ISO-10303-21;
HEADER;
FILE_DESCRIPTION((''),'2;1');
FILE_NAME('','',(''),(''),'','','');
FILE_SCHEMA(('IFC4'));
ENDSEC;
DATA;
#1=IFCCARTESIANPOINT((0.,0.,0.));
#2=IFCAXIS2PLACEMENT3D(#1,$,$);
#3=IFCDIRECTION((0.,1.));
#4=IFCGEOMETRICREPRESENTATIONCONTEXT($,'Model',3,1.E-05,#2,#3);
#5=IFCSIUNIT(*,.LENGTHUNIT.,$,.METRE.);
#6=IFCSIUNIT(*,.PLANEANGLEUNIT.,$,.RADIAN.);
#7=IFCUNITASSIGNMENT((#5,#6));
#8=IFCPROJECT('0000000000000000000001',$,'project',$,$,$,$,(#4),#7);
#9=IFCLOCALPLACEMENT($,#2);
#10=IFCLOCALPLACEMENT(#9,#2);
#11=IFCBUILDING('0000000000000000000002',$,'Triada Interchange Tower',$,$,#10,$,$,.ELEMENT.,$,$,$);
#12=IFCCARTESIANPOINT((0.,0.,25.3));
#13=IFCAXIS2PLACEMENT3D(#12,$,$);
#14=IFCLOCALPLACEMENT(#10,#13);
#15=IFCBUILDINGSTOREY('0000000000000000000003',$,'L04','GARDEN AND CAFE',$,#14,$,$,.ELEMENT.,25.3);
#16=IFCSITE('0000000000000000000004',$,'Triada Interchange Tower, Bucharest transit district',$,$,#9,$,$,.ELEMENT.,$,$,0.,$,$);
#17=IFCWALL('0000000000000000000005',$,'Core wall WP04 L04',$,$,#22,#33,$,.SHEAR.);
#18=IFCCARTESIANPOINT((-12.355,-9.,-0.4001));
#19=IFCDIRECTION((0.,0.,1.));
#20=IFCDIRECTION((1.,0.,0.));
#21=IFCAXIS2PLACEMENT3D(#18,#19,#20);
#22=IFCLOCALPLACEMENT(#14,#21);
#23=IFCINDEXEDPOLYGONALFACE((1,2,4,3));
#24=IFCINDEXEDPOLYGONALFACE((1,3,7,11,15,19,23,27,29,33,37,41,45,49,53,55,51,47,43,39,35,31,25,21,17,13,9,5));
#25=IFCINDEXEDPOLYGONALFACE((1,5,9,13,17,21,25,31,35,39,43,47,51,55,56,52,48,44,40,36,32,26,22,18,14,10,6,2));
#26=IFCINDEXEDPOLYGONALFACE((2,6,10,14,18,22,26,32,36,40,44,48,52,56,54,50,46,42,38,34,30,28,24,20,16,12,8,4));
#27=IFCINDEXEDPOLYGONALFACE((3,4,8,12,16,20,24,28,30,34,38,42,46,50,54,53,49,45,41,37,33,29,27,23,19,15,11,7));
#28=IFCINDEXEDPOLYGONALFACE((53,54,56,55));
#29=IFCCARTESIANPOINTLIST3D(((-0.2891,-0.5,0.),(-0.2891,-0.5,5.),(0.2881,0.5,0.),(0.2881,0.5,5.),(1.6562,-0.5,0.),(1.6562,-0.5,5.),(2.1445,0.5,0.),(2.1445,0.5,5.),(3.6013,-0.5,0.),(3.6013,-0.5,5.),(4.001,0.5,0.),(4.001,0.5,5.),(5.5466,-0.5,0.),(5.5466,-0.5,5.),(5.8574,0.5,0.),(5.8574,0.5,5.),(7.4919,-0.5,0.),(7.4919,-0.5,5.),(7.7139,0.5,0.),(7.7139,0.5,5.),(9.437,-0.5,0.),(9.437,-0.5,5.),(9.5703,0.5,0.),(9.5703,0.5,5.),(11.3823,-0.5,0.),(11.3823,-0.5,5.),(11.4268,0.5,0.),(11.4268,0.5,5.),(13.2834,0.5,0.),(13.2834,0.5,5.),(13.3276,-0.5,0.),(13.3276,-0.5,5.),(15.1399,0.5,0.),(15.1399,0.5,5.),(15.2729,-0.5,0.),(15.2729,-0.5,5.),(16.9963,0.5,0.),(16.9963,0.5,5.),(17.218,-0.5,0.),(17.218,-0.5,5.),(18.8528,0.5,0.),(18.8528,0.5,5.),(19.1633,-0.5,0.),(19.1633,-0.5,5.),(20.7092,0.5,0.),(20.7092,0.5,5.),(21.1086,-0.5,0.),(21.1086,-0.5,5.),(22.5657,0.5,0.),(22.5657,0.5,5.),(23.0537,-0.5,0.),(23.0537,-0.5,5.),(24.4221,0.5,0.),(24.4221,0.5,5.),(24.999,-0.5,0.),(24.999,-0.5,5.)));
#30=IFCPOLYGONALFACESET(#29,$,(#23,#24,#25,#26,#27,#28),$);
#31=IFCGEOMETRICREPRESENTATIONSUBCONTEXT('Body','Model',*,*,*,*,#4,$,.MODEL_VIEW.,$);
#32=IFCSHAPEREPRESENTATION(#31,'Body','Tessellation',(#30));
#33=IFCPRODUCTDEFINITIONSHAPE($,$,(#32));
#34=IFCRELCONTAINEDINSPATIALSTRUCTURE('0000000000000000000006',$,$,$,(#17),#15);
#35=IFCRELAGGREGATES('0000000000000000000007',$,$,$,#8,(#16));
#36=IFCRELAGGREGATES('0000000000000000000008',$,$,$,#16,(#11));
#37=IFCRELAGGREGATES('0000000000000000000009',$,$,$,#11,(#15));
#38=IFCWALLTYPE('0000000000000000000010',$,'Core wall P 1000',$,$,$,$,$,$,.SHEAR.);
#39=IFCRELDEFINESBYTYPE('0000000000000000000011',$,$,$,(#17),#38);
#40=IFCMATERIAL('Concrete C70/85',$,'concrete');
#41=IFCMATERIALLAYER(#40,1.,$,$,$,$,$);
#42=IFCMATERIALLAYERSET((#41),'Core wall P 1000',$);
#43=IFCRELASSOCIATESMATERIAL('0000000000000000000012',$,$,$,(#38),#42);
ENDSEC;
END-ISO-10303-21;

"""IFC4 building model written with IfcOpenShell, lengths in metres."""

from ifc_helpers import new_model, si_unit, direction, frame, origin, place, context, subcontext, project, spatial, polyline, outline, extrude, material, layer, layer_set, type_object, element, save


model = new_model("IFC4")

# Units and contexts
model_context = context("Model", 3, precision=1e-05, world=origin(), true_north=direction((0.0, 1.0)))
body_context = subcontext(model_context, "Body", "Model", "MODEL_VIEW")
ifc_project = project(units=[si_unit("LENGTHUNIT", "METRE"), si_unit("PLANEANGLEUNIT", "RADIAN")], contexts=[model_context])

# Site, building, storey
site_placement = place(None, origin())
site = spatial("IfcSite", under=ifc_project, at=site_placement, Name="Triada Interchange Tower, Bucharest transit district", CompositionType="ELEMENT", RefElevation=0.0)
building_placement = place(site_placement, origin())
building = spatial("IfcBuilding", under=site, at=building_placement, Name="Triada Interchange Tower", CompositionType="ELEMENT")
storey_placement = place(building_placement, frame((0.0, 0.0, 25.3)))
storey = spatial("IfcBuildingStorey", under=building, at=storey_placement, Name="L04", Description="GARDEN AND CAFE", CompositionType="ELEMENT", Elevation=25.3)

# Shared definitions
ifc_material_1 = material(Name="Concrete C70/85", Category="concrete")

# Shared definitions
ifc_layer_1 = layer(ifc_material_1, 1.0)
ifc_layer_set_1 = layer_set([ifc_layer_1], Name="Core wall P 1000")
wall_type_1 = type_object("IfcWallType", Name="Core wall P 1000", PredefinedType="SHEAR", material=ifc_layer_set_1)

# Wall
wall_1_placement = place(storey_placement, frame((-12.355, -9.0, -0.4001), z_axis=(0.0, 0.0, 1.0), x_axis=(1.0, 0.0, 0.0)))
element("IfcWall", 1, at=wall_1_placement, inside=storey, type_object=wall_type_1, Name="Core wall WP04 L04", PredefinedType="SHEAR", context=body_context, shape_type="SweptSolid", body=[
    extrude(outline(polyline([(-0.2891, -0.5), (1.6562, -0.5), (3.6013, -0.5), (5.5466, -0.5), (7.4919, -0.5), (9.437, -0.5), (11.3823, -0.5), (13.3276, -0.5), (15.2729, -0.5), (17.218, -0.5), (19.1633, -0.5), (21.1086, -0.5), (23.0537, -0.5), (24.999, -0.5), (24.4221, 0.5), (22.5657, 0.5), (20.7092, 0.5), (18.8528, 0.5), (16.9963, 0.5), (15.1399, 0.5), (13.2834, 0.5), (11.4268, 0.5), (9.5703, 0.5), (7.7139, 0.5), (5.8574, 0.5), (4.001, 0.5), (2.1445, 0.5), (0.2881, 0.5), (-0.2891, -0.5)])), origin(), (0.0, 0.0, 1.0), 5.0),
])

save(model, "model.ifc")
